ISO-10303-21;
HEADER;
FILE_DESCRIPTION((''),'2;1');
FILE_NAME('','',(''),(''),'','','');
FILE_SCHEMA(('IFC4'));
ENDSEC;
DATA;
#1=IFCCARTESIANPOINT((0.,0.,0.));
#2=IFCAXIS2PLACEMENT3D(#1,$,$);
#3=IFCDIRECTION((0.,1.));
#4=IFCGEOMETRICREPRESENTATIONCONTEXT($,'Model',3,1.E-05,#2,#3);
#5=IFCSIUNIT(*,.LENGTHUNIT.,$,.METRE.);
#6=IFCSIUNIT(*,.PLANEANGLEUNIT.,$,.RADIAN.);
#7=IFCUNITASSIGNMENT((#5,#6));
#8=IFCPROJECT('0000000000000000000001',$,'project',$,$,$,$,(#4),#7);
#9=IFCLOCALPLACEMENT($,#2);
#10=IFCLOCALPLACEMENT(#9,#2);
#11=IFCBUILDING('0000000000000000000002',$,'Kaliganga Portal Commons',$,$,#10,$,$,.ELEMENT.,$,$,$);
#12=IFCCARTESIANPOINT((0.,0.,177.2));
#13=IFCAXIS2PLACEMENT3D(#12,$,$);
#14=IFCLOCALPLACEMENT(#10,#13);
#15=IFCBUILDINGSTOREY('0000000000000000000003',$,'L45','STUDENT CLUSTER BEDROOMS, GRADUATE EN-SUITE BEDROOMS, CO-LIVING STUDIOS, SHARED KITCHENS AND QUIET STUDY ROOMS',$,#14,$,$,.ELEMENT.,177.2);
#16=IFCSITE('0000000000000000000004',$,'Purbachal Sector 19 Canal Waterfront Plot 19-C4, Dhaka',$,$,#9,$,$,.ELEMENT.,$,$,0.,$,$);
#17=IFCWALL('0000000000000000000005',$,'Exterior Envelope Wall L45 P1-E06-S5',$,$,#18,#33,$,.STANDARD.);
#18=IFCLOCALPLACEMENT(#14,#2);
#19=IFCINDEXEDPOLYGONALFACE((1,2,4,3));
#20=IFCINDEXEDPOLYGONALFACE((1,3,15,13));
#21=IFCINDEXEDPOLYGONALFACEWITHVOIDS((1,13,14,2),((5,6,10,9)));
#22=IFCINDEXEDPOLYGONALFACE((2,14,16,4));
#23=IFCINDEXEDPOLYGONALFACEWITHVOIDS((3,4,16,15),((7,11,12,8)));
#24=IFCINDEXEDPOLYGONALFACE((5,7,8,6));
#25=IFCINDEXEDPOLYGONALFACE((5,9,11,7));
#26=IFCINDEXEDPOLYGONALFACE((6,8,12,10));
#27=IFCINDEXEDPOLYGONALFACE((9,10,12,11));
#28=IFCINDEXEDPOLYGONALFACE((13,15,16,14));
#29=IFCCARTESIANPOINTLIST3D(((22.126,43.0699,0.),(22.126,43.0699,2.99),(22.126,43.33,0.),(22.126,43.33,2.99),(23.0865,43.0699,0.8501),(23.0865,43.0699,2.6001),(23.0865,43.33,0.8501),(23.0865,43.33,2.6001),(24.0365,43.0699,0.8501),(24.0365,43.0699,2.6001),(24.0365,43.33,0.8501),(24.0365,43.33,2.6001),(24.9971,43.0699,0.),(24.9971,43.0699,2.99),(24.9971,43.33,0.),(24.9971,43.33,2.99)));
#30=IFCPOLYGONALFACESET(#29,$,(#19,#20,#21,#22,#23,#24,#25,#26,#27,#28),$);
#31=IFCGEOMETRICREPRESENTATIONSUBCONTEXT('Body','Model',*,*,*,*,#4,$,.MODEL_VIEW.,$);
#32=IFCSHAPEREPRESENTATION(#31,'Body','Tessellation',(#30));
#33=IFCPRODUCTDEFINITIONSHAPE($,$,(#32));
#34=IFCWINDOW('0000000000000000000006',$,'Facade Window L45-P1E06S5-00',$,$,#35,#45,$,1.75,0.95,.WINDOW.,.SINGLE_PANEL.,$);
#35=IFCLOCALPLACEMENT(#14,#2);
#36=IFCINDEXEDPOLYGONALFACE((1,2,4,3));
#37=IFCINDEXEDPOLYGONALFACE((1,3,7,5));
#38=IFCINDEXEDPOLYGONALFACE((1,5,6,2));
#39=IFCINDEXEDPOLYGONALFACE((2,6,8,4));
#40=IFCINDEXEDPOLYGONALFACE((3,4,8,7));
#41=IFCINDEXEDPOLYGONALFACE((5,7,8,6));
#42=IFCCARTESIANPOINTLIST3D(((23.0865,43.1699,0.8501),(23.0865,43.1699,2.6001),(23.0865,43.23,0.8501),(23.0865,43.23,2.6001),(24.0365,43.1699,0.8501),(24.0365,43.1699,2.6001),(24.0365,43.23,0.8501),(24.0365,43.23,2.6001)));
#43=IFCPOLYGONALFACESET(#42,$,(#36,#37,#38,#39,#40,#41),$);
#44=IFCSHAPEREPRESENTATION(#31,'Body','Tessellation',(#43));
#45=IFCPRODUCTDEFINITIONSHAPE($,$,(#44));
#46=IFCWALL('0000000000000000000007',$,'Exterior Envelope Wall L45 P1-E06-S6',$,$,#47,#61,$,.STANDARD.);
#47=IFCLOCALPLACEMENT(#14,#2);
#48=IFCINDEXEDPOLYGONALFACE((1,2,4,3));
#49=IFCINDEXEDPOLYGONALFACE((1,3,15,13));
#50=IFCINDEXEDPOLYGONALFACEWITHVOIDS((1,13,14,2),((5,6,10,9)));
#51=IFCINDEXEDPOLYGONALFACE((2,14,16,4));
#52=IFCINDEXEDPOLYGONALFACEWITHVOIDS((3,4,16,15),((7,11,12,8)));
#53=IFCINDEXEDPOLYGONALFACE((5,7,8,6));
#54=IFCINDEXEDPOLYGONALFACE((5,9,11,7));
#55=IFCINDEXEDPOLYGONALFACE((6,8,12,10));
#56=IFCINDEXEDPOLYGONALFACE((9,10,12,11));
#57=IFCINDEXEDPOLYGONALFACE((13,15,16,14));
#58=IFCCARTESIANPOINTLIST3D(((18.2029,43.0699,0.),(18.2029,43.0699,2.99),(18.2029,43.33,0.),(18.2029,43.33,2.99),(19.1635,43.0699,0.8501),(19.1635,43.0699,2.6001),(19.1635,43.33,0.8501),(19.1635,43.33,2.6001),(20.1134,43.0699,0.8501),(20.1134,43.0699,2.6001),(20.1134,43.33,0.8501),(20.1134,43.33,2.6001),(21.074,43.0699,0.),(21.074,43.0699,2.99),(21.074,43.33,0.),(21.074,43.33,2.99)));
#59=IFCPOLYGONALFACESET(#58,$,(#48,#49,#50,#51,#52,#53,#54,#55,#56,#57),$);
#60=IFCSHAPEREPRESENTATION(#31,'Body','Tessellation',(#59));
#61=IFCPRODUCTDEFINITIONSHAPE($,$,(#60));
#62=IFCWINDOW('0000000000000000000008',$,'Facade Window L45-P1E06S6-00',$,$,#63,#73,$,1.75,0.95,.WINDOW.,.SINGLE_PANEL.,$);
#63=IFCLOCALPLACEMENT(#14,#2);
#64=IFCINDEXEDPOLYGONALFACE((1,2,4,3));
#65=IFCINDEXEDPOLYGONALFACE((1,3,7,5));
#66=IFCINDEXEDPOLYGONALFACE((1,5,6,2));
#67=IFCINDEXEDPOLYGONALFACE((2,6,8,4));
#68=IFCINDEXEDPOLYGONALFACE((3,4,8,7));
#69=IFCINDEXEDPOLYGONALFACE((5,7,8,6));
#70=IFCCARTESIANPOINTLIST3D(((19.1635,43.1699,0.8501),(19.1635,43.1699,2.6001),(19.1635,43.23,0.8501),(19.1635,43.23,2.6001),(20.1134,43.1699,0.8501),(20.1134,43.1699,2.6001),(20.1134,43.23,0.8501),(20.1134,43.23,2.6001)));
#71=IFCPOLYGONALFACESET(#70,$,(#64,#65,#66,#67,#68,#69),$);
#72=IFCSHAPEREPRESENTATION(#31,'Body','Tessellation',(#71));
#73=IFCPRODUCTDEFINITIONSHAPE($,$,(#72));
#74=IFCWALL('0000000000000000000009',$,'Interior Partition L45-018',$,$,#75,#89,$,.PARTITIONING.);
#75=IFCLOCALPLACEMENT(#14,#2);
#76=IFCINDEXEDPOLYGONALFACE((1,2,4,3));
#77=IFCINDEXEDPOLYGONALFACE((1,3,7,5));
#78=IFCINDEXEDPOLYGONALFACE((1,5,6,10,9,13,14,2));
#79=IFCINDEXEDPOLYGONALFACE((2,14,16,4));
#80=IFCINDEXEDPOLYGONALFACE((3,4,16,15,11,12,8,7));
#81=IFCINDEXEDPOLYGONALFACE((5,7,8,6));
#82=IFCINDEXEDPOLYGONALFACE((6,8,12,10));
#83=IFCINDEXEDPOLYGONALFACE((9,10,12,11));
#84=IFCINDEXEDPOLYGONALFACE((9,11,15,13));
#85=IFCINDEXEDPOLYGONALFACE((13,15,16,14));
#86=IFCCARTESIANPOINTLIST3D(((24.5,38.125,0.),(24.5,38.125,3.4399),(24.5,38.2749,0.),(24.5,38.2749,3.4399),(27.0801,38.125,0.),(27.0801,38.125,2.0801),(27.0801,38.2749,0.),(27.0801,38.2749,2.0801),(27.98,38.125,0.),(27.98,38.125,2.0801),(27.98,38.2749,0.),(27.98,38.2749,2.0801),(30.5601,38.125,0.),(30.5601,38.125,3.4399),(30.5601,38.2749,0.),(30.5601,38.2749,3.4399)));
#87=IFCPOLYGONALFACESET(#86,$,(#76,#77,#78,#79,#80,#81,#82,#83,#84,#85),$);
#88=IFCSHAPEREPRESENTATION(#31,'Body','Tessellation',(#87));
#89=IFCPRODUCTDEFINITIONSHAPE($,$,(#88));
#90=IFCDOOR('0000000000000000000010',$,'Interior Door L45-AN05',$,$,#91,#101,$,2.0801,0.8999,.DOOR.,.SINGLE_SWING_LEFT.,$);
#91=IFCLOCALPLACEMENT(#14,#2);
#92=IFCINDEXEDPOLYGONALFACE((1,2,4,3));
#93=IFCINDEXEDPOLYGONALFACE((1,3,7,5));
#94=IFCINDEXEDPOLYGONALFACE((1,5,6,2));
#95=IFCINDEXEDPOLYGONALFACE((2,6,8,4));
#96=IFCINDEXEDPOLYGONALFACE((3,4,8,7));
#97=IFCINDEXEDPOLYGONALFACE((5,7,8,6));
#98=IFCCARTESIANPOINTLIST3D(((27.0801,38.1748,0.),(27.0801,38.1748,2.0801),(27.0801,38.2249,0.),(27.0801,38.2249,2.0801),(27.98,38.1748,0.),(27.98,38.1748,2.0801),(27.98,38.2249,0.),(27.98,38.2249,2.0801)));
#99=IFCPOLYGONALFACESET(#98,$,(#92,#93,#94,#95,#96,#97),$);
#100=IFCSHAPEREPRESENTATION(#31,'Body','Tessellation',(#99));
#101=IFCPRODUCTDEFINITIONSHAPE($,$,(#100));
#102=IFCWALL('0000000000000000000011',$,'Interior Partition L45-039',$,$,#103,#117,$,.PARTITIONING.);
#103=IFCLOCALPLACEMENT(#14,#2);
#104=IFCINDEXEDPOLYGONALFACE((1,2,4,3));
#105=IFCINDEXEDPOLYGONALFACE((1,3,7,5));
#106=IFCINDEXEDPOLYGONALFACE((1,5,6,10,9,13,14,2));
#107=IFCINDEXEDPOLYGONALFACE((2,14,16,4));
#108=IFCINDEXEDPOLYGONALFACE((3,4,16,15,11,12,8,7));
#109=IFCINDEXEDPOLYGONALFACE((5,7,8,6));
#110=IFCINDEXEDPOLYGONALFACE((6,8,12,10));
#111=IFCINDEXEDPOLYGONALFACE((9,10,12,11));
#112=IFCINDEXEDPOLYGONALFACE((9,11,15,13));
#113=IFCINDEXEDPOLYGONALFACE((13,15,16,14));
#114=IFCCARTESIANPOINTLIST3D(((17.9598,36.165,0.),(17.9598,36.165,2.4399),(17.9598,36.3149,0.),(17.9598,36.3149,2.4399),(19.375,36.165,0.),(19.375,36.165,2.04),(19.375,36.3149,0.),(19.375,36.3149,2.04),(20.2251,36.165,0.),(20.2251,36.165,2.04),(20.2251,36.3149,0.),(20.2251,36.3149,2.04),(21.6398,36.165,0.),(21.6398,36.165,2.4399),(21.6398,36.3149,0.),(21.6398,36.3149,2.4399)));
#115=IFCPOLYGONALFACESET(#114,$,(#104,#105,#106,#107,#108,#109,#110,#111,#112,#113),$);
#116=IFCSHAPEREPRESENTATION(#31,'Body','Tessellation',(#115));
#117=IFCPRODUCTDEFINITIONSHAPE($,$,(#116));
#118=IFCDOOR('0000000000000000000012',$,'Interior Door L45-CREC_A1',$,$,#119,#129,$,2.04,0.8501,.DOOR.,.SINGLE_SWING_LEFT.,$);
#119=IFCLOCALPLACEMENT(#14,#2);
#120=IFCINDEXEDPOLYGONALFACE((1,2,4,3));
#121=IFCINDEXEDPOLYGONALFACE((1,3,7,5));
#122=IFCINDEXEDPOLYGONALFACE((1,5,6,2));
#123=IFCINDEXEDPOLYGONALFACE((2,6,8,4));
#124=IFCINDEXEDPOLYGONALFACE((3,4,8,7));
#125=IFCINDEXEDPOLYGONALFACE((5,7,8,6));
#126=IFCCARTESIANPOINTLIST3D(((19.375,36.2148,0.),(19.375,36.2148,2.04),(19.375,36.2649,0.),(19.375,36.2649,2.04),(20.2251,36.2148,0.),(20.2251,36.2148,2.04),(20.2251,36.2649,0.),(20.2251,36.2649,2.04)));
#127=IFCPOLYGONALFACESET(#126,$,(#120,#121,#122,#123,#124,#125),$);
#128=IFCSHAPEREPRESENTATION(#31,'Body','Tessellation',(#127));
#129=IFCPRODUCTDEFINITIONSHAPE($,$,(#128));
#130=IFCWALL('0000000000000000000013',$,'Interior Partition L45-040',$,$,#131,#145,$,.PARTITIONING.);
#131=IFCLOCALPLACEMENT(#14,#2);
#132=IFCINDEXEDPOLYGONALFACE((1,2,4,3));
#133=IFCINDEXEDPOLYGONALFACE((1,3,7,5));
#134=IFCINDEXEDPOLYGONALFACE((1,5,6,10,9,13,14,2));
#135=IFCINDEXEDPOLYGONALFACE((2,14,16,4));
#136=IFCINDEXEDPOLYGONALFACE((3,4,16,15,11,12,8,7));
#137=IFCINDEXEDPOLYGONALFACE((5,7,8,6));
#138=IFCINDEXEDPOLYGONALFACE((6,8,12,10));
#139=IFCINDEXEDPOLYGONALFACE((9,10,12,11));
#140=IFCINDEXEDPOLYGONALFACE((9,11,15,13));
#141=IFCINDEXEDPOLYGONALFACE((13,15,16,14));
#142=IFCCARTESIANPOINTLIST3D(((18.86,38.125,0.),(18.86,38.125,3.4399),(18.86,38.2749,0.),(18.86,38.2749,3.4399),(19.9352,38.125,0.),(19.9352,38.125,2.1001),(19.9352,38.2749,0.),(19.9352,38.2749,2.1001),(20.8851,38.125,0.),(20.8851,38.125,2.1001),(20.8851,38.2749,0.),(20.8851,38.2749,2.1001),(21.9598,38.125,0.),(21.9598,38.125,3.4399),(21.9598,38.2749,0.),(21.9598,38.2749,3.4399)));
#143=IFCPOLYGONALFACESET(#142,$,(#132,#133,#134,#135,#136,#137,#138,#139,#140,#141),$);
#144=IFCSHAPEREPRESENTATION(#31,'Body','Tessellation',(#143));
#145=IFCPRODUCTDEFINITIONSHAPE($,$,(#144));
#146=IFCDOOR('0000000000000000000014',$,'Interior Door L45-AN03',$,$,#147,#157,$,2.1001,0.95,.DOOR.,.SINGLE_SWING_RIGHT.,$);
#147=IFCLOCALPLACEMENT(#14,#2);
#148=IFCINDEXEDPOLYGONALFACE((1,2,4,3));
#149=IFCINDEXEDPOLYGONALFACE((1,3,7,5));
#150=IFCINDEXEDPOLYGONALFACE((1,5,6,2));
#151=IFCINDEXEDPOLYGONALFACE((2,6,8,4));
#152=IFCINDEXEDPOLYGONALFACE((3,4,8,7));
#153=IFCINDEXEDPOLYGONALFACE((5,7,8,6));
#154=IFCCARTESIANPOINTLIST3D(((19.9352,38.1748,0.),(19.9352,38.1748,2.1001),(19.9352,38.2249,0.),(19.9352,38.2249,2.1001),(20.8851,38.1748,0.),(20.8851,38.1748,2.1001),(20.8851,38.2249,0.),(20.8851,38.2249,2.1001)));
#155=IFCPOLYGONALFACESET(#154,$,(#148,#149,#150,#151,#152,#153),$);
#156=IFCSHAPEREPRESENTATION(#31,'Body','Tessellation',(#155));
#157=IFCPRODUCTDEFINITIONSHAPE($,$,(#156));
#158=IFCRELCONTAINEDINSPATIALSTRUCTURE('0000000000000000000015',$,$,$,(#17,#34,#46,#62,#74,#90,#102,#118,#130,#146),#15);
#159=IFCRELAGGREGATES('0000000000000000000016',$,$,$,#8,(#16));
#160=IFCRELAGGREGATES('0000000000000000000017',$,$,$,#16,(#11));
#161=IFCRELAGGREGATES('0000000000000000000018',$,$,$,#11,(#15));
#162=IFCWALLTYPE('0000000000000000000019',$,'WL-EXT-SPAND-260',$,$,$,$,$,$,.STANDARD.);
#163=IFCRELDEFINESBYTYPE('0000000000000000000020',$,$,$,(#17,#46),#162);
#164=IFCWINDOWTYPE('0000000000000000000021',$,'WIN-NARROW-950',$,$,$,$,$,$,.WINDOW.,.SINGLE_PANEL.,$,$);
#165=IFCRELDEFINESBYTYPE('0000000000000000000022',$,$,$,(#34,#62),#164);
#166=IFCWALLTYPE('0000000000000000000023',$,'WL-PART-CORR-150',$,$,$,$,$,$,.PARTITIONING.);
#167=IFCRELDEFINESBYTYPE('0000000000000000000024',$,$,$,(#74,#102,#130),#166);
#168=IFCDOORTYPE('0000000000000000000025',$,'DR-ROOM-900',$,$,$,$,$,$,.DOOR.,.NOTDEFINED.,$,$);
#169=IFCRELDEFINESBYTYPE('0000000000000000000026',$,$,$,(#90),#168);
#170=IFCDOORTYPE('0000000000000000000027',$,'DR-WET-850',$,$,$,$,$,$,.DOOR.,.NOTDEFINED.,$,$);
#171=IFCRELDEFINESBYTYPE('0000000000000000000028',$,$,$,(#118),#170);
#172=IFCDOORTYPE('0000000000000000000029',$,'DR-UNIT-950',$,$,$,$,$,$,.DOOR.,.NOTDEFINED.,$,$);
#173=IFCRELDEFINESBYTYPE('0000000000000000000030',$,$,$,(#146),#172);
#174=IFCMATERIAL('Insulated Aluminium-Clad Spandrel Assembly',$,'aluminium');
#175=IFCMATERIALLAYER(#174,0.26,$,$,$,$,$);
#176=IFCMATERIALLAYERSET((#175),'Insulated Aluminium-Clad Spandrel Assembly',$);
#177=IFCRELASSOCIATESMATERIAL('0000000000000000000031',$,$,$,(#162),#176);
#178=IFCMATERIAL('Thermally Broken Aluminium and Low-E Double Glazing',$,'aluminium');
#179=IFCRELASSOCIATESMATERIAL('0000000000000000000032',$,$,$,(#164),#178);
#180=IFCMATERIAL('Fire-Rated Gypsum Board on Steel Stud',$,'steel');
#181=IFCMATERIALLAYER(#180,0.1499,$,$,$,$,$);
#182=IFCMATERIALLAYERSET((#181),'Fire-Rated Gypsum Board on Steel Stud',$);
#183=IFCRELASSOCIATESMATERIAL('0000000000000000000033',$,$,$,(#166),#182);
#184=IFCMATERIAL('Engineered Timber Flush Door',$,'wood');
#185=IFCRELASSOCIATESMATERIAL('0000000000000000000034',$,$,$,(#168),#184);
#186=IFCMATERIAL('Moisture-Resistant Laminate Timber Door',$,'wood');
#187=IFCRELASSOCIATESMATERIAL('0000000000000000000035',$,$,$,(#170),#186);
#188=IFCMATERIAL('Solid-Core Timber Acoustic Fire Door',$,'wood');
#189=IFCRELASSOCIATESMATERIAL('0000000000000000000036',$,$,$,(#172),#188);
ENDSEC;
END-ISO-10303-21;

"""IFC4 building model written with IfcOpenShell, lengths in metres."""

from ifc_helpers import new_model, si_unit, direction, frame, frame_2d, origin, place, context, subcontext, project, spatial, rectangle, extrude, material, layer, layer_set, type_object, element, fill, save


model = new_model("IFC4")

# Units and contexts
model_context = context("Model", 3, precision=1e-05, world=origin(), true_north=direction((0.0, 1.0)))
body_context = subcontext(model_context, "Body", "Model", "MODEL_VIEW")
ifc_project = project(units=[si_unit("LENGTHUNIT", "METRE"), si_unit("PLANEANGLEUNIT", "RADIAN")], contexts=[model_context])

# Site, building, storey
site_placement = place(None, origin())
site = spatial("IfcSite", under=ifc_project, at=site_placement, Name="Purbachal Sector 19 Canal Waterfront Plot 19-C4, Dhaka", CompositionType="ELEMENT", RefElevation=0.0)
building_placement = place(site_placement, origin())
building = spatial("IfcBuilding", under=site, at=building_placement, Name="Kaliganga Portal Commons", CompositionType="ELEMENT")
storey_placement = place(building_placement, frame((0.0, 0.0, 177.2)))
storey = spatial("IfcBuildingStorey", under=building, at=storey_placement, Name="L45", Description="STUDENT CLUSTER BEDROOMS, GRADUATE EN-SUITE BEDROOMS, CO-LIVING STUDIOS, SHARED KITCHENS AND QUIET STUDY ROOMS", CompositionType="ELEMENT", Elevation=177.2)

# Walls, openings, windows
ifc_material_1 = material(Name="Insulated Aluminium-Clad Spandrel Assembly", Category="aluminium")
ifc_layer_1 = layer(ifc_material_1, 0.26)
ifc_layer_set_1 = layer_set([ifc_layer_1], Name="Insulated Aluminium-Clad Spandrel Assembly")
wall_type_1 = type_object("IfcWallType", Name="WL-EXT-SPAND-260", PredefinedType="STANDARD", material=ifc_layer_set_1)
ifc_material_2 = material(Name="Thermally Broken Aluminium and Low-E Double Glazing", Category="aluminium")
window_type = type_object("IfcWindowType", Name="WIN-NARROW-950", PartitioningType="SINGLE_PANEL", PredefinedType="WINDOW", material=ifc_material_2)
wall_1_placement = place(storey_placement, frame((22.126, 43.2, 0.0), z_axis=(0.0, 0.0, 1.0), x_axis=(1.0, 0.0, 0.0)))
wall_1 = element("IfcWall", 1, at=wall_1_placement, inside=storey, type_object=wall_type_1, Name="Exterior Envelope Wall L45 P1-E06-S5", PredefinedType="STANDARD", context=body_context, shape_type="SweptSolid", body=[
    extrude(rectangle(XDim=2.8711, YDim=0.26, at=frame_2d((1.4355, 0.0))), origin(), (0.0, 0.0, 1.0), 2.99),
])
opening_1_placement = place(wall_1_placement, frame((0.9604, 0.0, 0.8501)))
opening_1 = element("IfcOpeningElement", 2, at=opening_1_placement, cuts=wall_1, PredefinedType="OPENING", context=body_context, shape_type="SweptSolid", body=[
    extrude(rectangle(XDim=0.95, YDim=1.75, at=frame_2d((0.4751, 0.875))), frame((0.0, 0.1401, 0.0), z_axis=(0.0, -1.0, 0.0), x_axis=(1.0, 0.0, 0.0)), (0.0, 0.0, 1.0), 0.28),
])
window_1_placement = place(opening_1_placement, origin())
window_1 = element("IfcWindow", 3, at=window_1_placement, inside=storey, type_object=window_type, Name="Facade Window L45-P1E06S5-00", OverallHeight=1.75, OverallWidth=0.95, PartitioningType="SINGLE_PANEL", PredefinedType="WINDOW", context=body_context, shape_type="SweptSolid", body=[
    extrude(rectangle(XDim=0.95, YDim=1.75, at=frame_2d((0.4751, 0.875))), frame((0.0, 0.03, 0.0), z_axis=(0.0, -1.0, 0.0), x_axis=(1.0, 0.0, 0.0)), (0.0, 0.0, 1.0), 0.0601),
])
fill(opening_1, window_1)
wall_2_placement = place(storey_placement, frame((18.2029, 43.2, 0.0), z_axis=(0.0, 0.0, 1.0), x_axis=(1.0, 0.0, 0.0)))
wall_2 = element("IfcWall", 4, at=wall_2_placement, inside=storey, type_object=wall_type_1, Name="Exterior Envelope Wall L45 P1-E06-S6", PredefinedType="STANDARD", context=body_context, shape_type="SweptSolid", body=[
    extrude(rectangle(XDim=2.8711, YDim=0.26, at=frame_2d((1.4355, 0.0))), origin(), (0.0, 0.0, 1.0), 2.99),
])
opening_2_placement = place(wall_2_placement, frame((0.9604, 0.0, 0.8501)))
opening_2 = element("IfcOpeningElement", 5, at=opening_2_placement, cuts=wall_2, PredefinedType="OPENING", context=body_context, shape_type="SweptSolid", body=[
    extrude(rectangle(XDim=0.95, YDim=1.75, at=frame_2d((0.4751, 0.875))), frame((0.0, 0.1401, 0.0), z_axis=(0.0, -1.0, 0.0), x_axis=(1.0, 0.0, 0.0)), (0.0, 0.0, 1.0), 0.28),
])
window_2_placement = place(opening_2_placement, origin())
window_2 = element("IfcWindow", 6, at=window_2_placement, inside=storey, type_object=window_type, Name="Facade Window L45-P1E06S6-00", OverallHeight=1.75, OverallWidth=0.95, PartitioningType="SINGLE_PANEL", PredefinedType="WINDOW", context=body_context, shape_type="SweptSolid", body=[
    extrude(rectangle(XDim=0.95, YDim=1.75, at=frame_2d((0.4751, 0.875))), frame((0.0, 0.03, 0.0), z_axis=(0.0, -1.0, 0.0), x_axis=(1.0, 0.0, 0.0)), (0.0, 0.0, 1.0), 0.0601),
])
fill(opening_2, window_2)

# Walls, openings, doors
ifc_material_3 = material(Name="Fire-Rated Gypsum Board on Steel Stud", Category="steel")
ifc_layer_2 = layer(ifc_material_3, 0.1499)
ifc_layer_set_2 = layer_set([ifc_layer_2], Name="Fire-Rated Gypsum Board on Steel Stud")
wall_type_2 = type_object("IfcWallType", Name="WL-PART-CORR-150", PredefinedType="PARTITIONING", material=ifc_layer_set_2)
wall_3_placement = place(storey_placement, frame((24.5, 38.2, 0.0), z_axis=(0.0, 0.0, 1.0), x_axis=(1.0, 0.0, 0.0)))
wall_3 = element("IfcWall", 7, at=wall_3_placement, inside=storey, type_object=wall_type_2, Name="Interior Partition L45-018", PredefinedType="PARTITIONING", context=body_context, shape_type="SweptSolid", body=[
    extrude(rectangle(XDim=6.0601, YDim=0.1499, at=frame_2d((3.03, 0.0))), origin(), (0.0, 0.0, 1.0), 3.4399),
])
opening_3_placement = place(wall_3_placement, frame((2.5801, 0.0, 0.0)))
opening_3 = element("IfcOpeningElement", 8, at=opening_3_placement, cuts=wall_3, PredefinedType="OPENING", context=body_context, shape_type="SweptSolid", body=[
    extrude(rectangle(XDim=0.8999, YDim=2.0801, at=frame_2d((0.45, 1.04))), frame((0.0, 0.085, 0.0), z_axis=(0.0, -1.0, 0.0), x_axis=(1.0, 0.0, 0.0)), (0.0, 0.0, 1.0), 0.1699),
])
ifc_material_4 = material(Name="Engineered Timber Flush Door", Category="wood")
door_type_1 = type_object("IfcDoorType", Name="DR-ROOM-900", OperationType="NOTDEFINED", PredefinedType="DOOR", material=ifc_material_4)
door_1_placement = place(opening_3_placement, origin())
door_1 = element("IfcDoor", 9, at=door_1_placement, inside=storey, type_object=door_type_1, Name="Interior Door L45-AN05", OperationType="SINGLE_SWING_LEFT", OverallHeight=2.0801, OverallWidth=0.8999, PredefinedType="DOOR", context=body_context, shape_type="SweptSolid", body=[
    extrude(rectangle(XDim=0.8999, YDim=2.0801, at=frame_2d((0.45, 1.04))), frame((0.0, 0.0249, 0.0), z_axis=(0.0, -1.0, 0.0), x_axis=(1.0, 0.0, 0.0)), (0.0, 0.0, 1.0), 0.05),
])
fill(opening_3, door_1)
wall_4_placement = place(storey_placement, frame((17.96, 36.24, 0.0), z_axis=(0.0, 0.0, 1.0), x_axis=(1.0, 0.0, 0.0)))
wall_4 = element("IfcWall", 10, at=wall_4_placement, inside=storey, type_object=wall_type_2, Name="Interior Partition L45-039", PredefinedType="PARTITIONING", context=body_context, shape_type="SweptSolid", body=[
    extrude(rectangle(XDim=3.6799, YDim=0.1499, at=frame_2d((1.8398, 0.0))), origin(), (0.0, 0.0, 1.0), 2.4399),
])
opening_4_placement = place(wall_4_placement, frame((1.415, 0.0, 0.0)))
opening_4 = element("IfcOpeningElement", 11, at=opening_4_placement, cuts=wall_4, PredefinedType="OPENING", context=body_context, shape_type="SweptSolid", body=[
    extrude(rectangle(XDim=0.8501, YDim=2.04, at=frame_2d((0.425, 1.02))), frame((0.0, 0.085, 0.0), z_axis=(0.0, -1.0, 0.0), x_axis=(1.0, 0.0, 0.0)), (0.0, 0.0, 1.0), 0.1699),
])
ifc_material_5 = material(Name="Moisture-Resistant Laminate Timber Door", Category="wood")
door_type_2 = type_object("IfcDoorType", Name="DR-WET-850", OperationType="NOTDEFINED", PredefinedType="DOOR", material=ifc_material_5)
door_2_placement = place(opening_4_placement, origin())
door_2 = element("IfcDoor", 12, at=door_2_placement, inside=storey, type_object=door_type_2, Name="Interior Door L45-CREC_A1", OperationType="SINGLE_SWING_LEFT", OverallHeight=2.04, OverallWidth=0.8501, PredefinedType="DOOR", context=body_context, shape_type="SweptSolid", body=[
    extrude(rectangle(XDim=0.8501, YDim=2.04, at=frame_2d((0.425, 1.02))), frame((0.0, 0.0249, 0.0), z_axis=(0.0, -1.0, 0.0), x_axis=(1.0, 0.0, 0.0)), (0.0, 0.0, 1.0), 0.05),
])
fill(opening_4, door_2)
wall_5_placement = place(storey_placement, frame((18.8601, 38.2, 0.0), z_axis=(0.0, 0.0, 1.0), x_axis=(1.0, 0.0, 0.0)))
wall_5 = element("IfcWall", 13, at=wall_5_placement, inside=storey, type_object=wall_type_2, Name="Interior Partition L45-040", PredefinedType="PARTITIONING", context=body_context, shape_type="SweptSolid", body=[
    extrude(rectangle(XDim=3.0999, YDim=0.1499, at=frame_2d((1.5498, 0.0))), origin(), (0.0, 0.0, 1.0), 3.4399),
])
opening_5_placement = place(wall_5_placement, frame((1.075, 0.0, 0.0)))
opening_5 = element("IfcOpeningElement", 14, at=opening_5_placement, cuts=wall_5, PredefinedType="OPENING", context=body_context, shape_type="SweptSolid", body=[
    extrude(rectangle(XDim=0.95, YDim=2.1001, at=frame_2d((0.4751, 1.05))), frame((0.0, 0.085, 0.0), z_axis=(0.0, -1.0, 0.0), x_axis=(1.0, 0.0, 0.0)), (0.0, 0.0, 1.0), 0.1699),
])
ifc_material_6 = material(Name="Solid-Core Timber Acoustic Fire Door", Category="wood")
door_type_3 = type_object("IfcDoorType", Name="DR-UNIT-950", OperationType="NOTDEFINED", PredefinedType="DOOR", material=ifc_material_6)
door_3_placement = place(opening_5_placement, origin())
door_3 = element("IfcDoor", 15, at=door_3_placement, inside=storey, type_object=door_type_3, Name="Interior Door L45-AN03", OperationType="SINGLE_SWING_RIGHT", OverallHeight=2.1001, OverallWidth=0.95, PredefinedType="DOOR", context=body_context, shape_type="SweptSolid", body=[
    extrude(rectangle(XDim=0.95, YDim=2.1001, at=frame_2d((0.4751, 1.05))), frame((0.0, 0.0249, 0.0), z_axis=(0.0, -1.0, 0.0), x_axis=(1.0, 0.0, 0.0)), (0.0, 0.0, 1.0), 0.05),
])
fill(opening_5, door_3)

save(model, "model.ifc")
